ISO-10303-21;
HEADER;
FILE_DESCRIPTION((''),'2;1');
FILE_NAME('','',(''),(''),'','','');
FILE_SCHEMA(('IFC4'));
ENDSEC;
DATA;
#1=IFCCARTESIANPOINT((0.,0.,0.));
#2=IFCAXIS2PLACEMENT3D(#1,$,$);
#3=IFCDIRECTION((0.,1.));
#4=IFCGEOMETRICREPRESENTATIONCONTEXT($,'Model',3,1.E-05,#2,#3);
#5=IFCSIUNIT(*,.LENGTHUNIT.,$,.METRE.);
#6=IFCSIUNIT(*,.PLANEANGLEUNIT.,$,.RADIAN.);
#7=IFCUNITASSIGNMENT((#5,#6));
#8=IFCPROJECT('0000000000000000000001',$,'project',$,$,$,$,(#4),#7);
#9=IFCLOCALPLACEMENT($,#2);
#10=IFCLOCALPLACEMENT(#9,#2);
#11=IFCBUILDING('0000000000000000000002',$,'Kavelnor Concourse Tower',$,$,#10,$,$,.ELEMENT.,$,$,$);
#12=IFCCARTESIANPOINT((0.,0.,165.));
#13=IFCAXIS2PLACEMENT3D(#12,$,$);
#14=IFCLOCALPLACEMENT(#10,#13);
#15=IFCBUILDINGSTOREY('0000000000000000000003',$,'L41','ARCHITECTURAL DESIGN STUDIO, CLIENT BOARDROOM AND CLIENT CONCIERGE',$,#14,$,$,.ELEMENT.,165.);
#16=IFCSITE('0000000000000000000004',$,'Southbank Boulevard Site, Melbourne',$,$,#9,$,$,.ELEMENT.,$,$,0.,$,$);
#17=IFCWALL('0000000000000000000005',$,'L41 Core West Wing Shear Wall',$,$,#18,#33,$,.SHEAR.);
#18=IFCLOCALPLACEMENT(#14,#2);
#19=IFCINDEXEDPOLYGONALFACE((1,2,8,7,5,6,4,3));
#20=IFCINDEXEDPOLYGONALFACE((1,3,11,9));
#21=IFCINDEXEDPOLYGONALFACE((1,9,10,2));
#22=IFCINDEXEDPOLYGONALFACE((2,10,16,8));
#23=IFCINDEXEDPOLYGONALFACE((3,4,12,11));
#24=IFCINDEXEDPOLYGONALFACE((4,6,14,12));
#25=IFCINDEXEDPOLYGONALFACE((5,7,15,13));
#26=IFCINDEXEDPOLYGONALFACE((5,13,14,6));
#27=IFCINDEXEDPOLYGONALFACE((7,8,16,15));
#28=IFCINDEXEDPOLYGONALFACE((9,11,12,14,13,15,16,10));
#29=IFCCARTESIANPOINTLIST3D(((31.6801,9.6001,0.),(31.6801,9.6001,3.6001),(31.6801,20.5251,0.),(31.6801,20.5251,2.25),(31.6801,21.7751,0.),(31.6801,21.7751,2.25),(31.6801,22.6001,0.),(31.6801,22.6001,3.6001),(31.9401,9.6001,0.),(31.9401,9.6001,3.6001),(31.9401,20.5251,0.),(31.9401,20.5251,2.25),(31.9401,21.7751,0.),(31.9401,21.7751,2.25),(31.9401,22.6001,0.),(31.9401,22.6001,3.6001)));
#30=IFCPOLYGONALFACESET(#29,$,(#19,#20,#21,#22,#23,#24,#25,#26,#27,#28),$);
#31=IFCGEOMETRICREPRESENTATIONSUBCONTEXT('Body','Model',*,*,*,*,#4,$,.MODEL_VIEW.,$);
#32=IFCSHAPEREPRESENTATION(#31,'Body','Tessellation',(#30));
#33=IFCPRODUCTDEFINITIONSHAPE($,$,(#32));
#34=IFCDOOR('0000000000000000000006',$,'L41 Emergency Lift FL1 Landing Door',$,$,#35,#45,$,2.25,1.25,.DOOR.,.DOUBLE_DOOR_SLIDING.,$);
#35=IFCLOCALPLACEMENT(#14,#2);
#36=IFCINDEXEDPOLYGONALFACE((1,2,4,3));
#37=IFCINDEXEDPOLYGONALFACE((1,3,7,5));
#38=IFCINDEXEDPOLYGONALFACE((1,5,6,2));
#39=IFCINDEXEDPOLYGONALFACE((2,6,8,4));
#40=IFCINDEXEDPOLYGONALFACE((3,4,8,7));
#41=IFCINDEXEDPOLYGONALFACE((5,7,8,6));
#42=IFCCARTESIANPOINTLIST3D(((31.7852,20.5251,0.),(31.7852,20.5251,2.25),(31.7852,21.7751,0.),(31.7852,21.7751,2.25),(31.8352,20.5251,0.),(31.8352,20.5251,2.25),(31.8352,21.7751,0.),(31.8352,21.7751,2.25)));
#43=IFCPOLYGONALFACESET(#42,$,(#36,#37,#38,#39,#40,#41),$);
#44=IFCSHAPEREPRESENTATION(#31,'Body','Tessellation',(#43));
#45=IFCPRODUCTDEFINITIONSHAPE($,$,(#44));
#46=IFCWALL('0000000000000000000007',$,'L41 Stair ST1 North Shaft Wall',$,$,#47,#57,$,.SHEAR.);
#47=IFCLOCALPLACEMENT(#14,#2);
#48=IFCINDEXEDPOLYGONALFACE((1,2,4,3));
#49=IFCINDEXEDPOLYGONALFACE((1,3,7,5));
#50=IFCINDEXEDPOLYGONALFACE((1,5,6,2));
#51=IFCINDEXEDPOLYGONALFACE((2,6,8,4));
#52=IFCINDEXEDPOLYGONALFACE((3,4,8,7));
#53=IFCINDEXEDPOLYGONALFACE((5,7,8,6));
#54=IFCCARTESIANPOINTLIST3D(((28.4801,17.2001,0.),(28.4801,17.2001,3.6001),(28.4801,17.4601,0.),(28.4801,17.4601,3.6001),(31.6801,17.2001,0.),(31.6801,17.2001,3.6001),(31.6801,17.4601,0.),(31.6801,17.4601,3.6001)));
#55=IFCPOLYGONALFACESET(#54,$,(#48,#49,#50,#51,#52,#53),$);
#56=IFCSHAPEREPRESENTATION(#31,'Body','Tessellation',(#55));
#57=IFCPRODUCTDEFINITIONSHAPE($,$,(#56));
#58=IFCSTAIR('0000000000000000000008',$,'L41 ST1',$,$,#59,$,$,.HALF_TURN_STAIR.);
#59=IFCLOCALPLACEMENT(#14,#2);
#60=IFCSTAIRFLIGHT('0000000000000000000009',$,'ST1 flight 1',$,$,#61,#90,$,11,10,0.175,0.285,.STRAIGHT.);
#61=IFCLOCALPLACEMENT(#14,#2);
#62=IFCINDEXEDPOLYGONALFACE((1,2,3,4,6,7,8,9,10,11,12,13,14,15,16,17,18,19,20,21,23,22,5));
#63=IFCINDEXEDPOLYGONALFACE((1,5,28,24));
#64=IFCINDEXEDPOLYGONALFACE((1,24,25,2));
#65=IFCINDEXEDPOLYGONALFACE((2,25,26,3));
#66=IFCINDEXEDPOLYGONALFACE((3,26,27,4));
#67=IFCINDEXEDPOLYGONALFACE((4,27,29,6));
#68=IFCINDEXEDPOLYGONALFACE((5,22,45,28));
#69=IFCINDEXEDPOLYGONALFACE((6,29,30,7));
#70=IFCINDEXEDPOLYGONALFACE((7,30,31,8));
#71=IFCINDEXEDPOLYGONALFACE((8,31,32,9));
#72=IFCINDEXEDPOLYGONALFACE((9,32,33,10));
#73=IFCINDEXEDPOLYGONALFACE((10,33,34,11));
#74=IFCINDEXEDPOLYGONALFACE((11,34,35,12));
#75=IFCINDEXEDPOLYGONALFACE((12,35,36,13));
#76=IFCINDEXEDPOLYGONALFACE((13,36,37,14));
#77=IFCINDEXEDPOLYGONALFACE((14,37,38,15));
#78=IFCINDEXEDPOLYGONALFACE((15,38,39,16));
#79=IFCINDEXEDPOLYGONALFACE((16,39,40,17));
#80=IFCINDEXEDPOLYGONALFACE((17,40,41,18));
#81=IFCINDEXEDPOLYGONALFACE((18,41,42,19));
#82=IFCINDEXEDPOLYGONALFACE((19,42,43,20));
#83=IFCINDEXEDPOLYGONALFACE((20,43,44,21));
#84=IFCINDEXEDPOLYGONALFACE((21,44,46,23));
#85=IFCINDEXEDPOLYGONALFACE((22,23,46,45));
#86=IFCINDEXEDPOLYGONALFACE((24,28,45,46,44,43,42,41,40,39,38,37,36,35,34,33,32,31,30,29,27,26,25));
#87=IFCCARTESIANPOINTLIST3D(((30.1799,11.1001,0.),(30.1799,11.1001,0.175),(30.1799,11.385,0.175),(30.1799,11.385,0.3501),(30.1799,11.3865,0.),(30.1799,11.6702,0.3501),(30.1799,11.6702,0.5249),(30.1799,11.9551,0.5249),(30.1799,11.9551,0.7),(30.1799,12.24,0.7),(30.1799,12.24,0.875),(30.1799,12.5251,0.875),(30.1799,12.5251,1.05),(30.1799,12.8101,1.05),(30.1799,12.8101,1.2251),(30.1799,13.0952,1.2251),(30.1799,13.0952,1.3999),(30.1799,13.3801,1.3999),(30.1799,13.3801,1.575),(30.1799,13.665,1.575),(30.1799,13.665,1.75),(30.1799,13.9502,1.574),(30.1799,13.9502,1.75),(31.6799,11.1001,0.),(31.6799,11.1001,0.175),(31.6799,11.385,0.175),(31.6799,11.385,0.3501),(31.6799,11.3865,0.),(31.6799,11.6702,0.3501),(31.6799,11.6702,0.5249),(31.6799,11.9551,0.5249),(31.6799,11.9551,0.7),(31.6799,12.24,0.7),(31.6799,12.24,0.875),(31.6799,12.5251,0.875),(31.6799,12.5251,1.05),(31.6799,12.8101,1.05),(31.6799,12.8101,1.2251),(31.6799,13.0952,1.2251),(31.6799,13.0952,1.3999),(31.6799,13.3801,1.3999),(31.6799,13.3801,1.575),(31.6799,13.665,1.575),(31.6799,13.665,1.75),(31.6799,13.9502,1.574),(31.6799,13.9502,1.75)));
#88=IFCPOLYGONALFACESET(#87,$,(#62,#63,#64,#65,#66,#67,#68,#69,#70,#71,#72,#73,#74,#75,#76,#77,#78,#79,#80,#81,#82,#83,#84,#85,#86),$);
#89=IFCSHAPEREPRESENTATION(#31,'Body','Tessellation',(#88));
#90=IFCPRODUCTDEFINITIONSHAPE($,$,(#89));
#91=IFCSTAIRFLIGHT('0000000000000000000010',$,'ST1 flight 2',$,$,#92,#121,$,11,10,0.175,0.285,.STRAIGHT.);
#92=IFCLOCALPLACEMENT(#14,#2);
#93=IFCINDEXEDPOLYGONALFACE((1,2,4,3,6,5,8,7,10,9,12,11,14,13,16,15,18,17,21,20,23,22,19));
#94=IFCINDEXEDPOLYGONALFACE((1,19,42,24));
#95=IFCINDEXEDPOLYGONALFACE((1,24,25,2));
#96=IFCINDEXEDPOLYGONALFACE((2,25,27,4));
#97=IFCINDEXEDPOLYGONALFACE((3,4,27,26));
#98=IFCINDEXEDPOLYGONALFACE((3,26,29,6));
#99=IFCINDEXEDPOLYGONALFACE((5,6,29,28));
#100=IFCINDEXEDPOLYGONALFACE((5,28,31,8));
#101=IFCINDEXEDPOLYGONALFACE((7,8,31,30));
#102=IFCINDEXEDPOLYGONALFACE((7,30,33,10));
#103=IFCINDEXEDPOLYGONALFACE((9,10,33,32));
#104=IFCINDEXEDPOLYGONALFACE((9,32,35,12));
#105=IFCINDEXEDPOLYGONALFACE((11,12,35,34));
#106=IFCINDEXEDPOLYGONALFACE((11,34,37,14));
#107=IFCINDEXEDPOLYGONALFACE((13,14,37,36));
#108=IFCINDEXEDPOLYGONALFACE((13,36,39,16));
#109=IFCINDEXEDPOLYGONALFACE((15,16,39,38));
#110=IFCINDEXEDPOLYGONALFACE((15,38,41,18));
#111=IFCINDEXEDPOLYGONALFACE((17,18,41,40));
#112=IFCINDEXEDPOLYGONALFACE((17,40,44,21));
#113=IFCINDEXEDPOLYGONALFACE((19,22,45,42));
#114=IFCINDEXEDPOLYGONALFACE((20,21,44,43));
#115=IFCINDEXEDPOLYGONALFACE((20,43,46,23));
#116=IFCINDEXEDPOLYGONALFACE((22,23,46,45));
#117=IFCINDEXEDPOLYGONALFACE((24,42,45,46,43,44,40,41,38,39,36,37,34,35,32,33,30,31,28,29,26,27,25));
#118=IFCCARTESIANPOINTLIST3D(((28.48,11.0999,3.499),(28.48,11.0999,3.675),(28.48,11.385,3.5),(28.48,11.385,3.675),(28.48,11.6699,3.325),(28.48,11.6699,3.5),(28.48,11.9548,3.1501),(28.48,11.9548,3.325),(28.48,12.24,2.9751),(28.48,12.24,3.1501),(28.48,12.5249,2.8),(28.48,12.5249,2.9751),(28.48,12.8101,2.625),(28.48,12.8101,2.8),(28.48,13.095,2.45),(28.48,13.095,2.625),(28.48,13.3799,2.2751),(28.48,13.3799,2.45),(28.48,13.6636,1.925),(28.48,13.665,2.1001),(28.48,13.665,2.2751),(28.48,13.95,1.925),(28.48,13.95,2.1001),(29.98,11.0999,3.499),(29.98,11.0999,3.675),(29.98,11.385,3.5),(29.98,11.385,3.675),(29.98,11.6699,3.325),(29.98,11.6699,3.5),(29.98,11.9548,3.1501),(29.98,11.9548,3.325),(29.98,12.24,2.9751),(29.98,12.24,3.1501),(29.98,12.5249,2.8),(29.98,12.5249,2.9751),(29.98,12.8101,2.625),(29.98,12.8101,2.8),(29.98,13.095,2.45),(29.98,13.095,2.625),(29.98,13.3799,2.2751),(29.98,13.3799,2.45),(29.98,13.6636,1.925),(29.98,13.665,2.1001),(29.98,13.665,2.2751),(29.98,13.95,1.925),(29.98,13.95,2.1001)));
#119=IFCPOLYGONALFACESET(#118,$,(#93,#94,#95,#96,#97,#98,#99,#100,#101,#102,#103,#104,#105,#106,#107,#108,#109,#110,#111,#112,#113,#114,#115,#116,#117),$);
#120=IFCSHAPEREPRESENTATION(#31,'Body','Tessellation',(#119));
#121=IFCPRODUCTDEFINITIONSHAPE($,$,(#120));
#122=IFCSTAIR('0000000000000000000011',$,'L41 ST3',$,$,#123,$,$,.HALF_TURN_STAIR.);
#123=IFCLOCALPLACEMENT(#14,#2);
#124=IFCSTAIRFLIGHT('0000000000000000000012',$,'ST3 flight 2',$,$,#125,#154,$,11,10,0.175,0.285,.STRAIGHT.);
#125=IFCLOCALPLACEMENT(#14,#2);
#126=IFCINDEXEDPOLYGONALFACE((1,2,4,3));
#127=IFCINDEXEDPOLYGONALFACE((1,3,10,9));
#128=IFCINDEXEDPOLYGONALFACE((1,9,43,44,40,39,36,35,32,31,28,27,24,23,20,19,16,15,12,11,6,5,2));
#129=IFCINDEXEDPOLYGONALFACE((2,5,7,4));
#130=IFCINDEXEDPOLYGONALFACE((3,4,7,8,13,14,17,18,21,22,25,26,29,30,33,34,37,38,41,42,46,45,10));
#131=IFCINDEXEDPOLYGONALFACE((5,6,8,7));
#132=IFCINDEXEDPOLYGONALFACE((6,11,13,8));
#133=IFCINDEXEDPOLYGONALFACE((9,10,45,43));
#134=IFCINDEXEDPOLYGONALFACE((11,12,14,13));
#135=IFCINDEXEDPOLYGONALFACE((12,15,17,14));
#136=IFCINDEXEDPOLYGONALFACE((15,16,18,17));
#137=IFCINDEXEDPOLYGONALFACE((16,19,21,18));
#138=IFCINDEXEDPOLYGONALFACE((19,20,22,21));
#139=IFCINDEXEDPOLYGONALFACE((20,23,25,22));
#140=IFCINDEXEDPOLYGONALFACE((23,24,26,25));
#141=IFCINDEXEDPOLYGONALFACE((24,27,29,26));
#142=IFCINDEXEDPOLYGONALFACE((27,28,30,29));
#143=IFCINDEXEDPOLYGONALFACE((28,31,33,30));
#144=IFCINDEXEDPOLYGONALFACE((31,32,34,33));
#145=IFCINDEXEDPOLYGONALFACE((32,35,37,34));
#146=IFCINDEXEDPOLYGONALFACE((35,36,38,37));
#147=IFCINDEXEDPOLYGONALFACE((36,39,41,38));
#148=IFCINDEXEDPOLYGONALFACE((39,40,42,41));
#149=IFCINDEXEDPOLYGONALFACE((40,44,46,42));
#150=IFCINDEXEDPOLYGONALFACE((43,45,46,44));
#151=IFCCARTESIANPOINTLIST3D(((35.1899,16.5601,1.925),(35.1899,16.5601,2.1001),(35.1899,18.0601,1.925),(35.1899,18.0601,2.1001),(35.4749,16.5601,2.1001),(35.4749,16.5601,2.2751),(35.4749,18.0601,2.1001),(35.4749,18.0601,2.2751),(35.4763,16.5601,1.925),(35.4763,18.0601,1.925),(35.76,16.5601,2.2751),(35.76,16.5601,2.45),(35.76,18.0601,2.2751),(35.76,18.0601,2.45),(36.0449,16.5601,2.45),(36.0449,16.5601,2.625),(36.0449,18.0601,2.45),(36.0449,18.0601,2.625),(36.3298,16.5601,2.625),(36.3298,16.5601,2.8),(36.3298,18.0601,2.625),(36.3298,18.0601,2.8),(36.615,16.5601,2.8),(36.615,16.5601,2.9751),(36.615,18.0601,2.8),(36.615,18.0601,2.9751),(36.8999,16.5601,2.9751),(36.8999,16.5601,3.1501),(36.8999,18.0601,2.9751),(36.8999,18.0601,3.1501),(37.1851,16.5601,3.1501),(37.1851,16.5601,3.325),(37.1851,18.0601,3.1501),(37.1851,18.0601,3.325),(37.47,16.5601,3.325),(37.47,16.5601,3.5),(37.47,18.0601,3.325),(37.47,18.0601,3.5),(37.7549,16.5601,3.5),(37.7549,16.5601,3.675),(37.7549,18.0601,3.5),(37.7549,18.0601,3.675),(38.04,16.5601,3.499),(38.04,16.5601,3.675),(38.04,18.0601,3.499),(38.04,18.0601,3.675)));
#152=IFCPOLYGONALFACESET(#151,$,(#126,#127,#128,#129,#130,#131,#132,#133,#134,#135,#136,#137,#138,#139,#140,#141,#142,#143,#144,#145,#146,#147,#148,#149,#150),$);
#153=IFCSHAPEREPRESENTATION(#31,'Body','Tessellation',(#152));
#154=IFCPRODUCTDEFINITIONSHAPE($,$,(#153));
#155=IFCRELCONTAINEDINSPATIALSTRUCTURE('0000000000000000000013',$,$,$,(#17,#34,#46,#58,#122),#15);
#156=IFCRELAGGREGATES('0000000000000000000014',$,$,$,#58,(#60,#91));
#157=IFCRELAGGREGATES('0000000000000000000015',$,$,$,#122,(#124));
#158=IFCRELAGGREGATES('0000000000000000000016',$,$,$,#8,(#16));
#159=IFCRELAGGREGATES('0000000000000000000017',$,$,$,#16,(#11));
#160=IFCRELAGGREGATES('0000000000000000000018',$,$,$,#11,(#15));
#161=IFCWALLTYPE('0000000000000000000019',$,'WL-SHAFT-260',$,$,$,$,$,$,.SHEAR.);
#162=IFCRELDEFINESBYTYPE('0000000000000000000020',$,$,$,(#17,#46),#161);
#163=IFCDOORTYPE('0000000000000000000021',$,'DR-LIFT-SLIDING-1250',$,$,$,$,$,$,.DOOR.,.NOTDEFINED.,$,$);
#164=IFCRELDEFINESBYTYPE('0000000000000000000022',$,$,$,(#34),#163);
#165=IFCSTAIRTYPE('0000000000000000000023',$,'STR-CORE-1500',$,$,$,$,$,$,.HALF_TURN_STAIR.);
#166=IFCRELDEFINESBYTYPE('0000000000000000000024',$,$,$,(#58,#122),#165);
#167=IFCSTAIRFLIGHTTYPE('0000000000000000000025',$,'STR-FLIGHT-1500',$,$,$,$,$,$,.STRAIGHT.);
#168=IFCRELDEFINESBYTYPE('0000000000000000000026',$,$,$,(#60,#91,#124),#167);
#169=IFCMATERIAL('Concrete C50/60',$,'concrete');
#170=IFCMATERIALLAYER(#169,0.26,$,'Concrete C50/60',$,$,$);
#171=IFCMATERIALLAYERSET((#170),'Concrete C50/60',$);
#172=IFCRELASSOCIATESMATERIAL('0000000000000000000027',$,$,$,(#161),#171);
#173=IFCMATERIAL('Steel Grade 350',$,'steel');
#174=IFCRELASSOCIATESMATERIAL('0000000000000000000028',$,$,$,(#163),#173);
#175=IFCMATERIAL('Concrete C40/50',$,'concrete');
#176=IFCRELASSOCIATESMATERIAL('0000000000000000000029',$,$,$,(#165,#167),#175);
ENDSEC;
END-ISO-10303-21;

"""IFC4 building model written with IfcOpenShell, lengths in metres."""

from ifc_helpers import new_model, si_unit, direction, frame, frame_2d, origin, place, context, subcontext, project, spatial, polyline, rectangle, outline, extrude, material, layer, layer_set, type_object, element, fill, aggregate, save


model = new_model("IFC4")

# Units and contexts
model_context = context("Model", 3, precision=1e-05, world=origin(), true_north=direction((0.0, 1.0)))
body_context = subcontext(model_context, "Body", "Model", "MODEL_VIEW")
ifc_project = project(units=[si_unit("LENGTHUNIT", "METRE"), si_unit("PLANEANGLEUNIT", "RADIAN")], contexts=[model_context])

# Site, building, storey
site_placement = place(None, origin())
site = spatial("IfcSite", under=ifc_project, at=site_placement, Name="Southbank Boulevard Site, Melbourne", CompositionType="ELEMENT", RefElevation=0.0)
building_placement = place(site_placement, origin())
building = spatial("IfcBuilding", under=site, at=building_placement, Name="Kavelnor Concourse Tower", CompositionType="ELEMENT")
storey_placement = place(building_placement, frame((0.0, 0.0, 165.0)))
storey = spatial("IfcBuildingStorey", under=building, at=storey_placement, Name="L41", Description="ARCHITECTURAL DESIGN STUDIO, CLIENT BOARDROOM AND CLIENT CONCIERGE", CompositionType="ELEMENT", Elevation=165.0)

# Shared definitions
ifc_material_1 = material(Name="Concrete C50/60", Category="concrete")

# Shared definitions
ifc_material_2 = material(Name="Steel Grade 350", Category="steel")

# Wall, opening, door
ifc_layer_1 = layer(ifc_material_1, 0.26, Name="Concrete C50/60")
ifc_layer_set_1 = layer_set([ifc_layer_1], Name="Concrete C50/60")
wall_type_1 = type_object("IfcWallType", Name="WL-SHAFT-260", PredefinedType="SHEAR", material=ifc_layer_set_1)
wall_1_placement = place(storey_placement, frame((31.8101, 9.6001, 0.0), z_axis=(0.0, 0.0, 1.0), x_axis=(0.0, 1.0, 0.0)))
wall_1 = element("IfcWall", 1, at=wall_1_placement, inside=storey, type_object=wall_type_1, Name="L41 Core West Wing Shear Wall", PredefinedType="SHEAR", context=body_context, shape_type="SweptSolid", body=[
    extrude(rectangle(XDim=13.0, YDim=0.26, at=frame_2d((6.5, 0.0))), origin(), (0.0, 0.0, 1.0), 3.6001),
])
opening_1_placement = place(wall_1_placement, frame((10.925, 0.0, 0.0)))
opening_1 = element("IfcOpeningElement", 2, at=opening_1_placement, cuts=wall_1, PredefinedType="OPENING", context=body_context, shape_type="SweptSolid", body=[
    extrude(rectangle(XDim=1.25, YDim=2.25, at=frame_2d((0.625, 1.125))), frame((0.0, 0.1401, 0.0), z_axis=(0.0, -1.0, 0.0), x_axis=(1.0, 0.0, 0.0)), (0.0, 0.0, 1.0), 0.28),
])
door_type_1 = type_object("IfcDoorType", Name="DR-LIFT-SLIDING-1250", OperationType="NOTDEFINED", PredefinedType="DOOR", material=ifc_material_2)
door_1_placement = place(opening_1_placement, origin())
door_1 = element("IfcDoor", 3, at=door_1_placement, inside=storey, type_object=door_type_1, Name="L41 Emergency Lift FL1 Landing Door", OperationType="DOUBLE_DOOR_SLIDING", OverallHeight=2.25, OverallWidth=1.25, PredefinedType="DOOR", context=body_context, shape_type="SweptSolid", body=[
    extrude(rectangle(XDim=1.25, YDim=2.25, at=frame_2d((0.625, 1.125))), frame((0.0, 0.0249, 0.0), z_axis=(0.0, -1.0, 0.0), x_axis=(1.0, 0.0, 0.0)), (0.0, 0.0, 1.0), 0.05),
])
fill(opening_1, door_1)

# Wall
wall_2_placement = place(storey_placement, frame((28.48, 17.3301, 0.0), z_axis=(0.0, 0.0, 1.0), x_axis=(1.0, 0.0, 0.0)))
element("IfcWall", 4, at=wall_2_placement, inside=storey, type_object=wall_type_1, Name="L41 Stair ST1 North Shaft Wall", PredefinedType="SHEAR", context=body_context, shape_type="SweptSolid", body=[
    extrude(rectangle(XDim=3.2, YDim=0.26, at=frame_2d((1.6001, 0.0))), origin(), (0.0, 0.0, 1.0), 3.6001),
])

# Stair, stair flights
ifc_material_3 = material(Name="Concrete C40/50", Category="concrete")
stair_type = type_object("IfcStairType", Name="STR-CORE-1500", PredefinedType="HALF_TURN_STAIR", material=ifc_material_3)
stair_1_placement = place(storey_placement, origin())
stair_1 = element("IfcStair", 5, at=stair_1_placement, inside=storey, type_object=stair_type, Name="L41 ST1", PredefinedType="HALF_TURN_STAIR")
stair_flight_type = type_object("IfcStairFlightType", Name="STR-FLIGHT-1500", PredefinedType="STRAIGHT", material=ifc_material_3)
stair_flight_1_placement = place(storey_placement, frame((30.9299, 11.1001, 0.0), z_axis=(0.0, 0.0, 1.0), x_axis=(0.0, 1.0, 0.0)))
stair_flight_1 = element("IfcStairFlight", 6, at=stair_flight_1_placement, type_object=stair_flight_type, Name="ST1 flight 1", NumberOfRisers=11, NumberOfTreads=10, PredefinedType="STRAIGHT", RiserHeight=0.175, TreadLength=0.285, context=body_context, shape_type="SweptSolid", body=[
    extrude(outline(polyline([(0.0, 0.0), (0.0, 0.175), (0.2849, 0.175), (0.2849, 0.3501), (0.5701, 0.3501), (0.5701, 0.5249), (0.855, 0.5249), (0.855, 0.7), (1.1399, 0.7), (1.1399, 0.875), (1.425, 0.875), (1.425, 1.05), (1.71, 1.05), (1.71, 1.2251), (1.9951, 1.2251), (1.9951, 1.3999), (2.28, 1.3999), (2.28, 1.575), (2.5649, 1.575), (2.5649, 1.75), (2.8501, 1.75), (2.8501, 1.925), (2.8501, 1.574), (0.2864, 0.0), (0.0, 0.0)])), frame((0.0, 0.75, 0.0), z_axis=(0.0, -1.0, 0.0), x_axis=(1.0, 0.0, 0.0)), (0.0, 0.0, 1.0), 1.5),
])
stair_flight_2_placement = place(storey_placement, frame((29.23, 13.95, 1.925), z_axis=(0.0, 0.0, 1.0), x_axis=(0.0, -1.0, 0.0)))
stair_flight_2 = element("IfcStairFlight", 7, at=stair_flight_2_placement, type_object=stair_flight_type, Name="ST1 flight 2", NumberOfRisers=11, NumberOfTreads=10, PredefinedType="STRAIGHT", RiserHeight=0.175, TreadLength=0.285, context=body_context, shape_type="SweptSolid", body=[
    extrude(outline(polyline([(0.0, 0.0), (0.0, 0.175), (0.2849, 0.175), (0.2849, 0.3501), (0.5701, 0.3501), (0.5701, 0.5249), (0.855, 0.5249), (0.855, 0.7), (1.1399, 0.7), (1.1399, 0.875), (1.425, 0.875), (1.425, 1.05), (1.71, 1.05), (1.71, 1.2251), (1.9951, 1.2251), (1.9951, 1.3999), (2.28, 1.3999), (2.28, 1.575), (2.5649, 1.575), (2.5649, 1.75), (2.8501, 1.75), (2.8501, 1.925), (2.8501, 1.574), (0.2864, 0.0), (0.0, 0.0)])), frame((0.0, 0.75, 0.0), z_axis=(0.0, -1.0, 0.0), x_axis=(1.0, 0.0, 0.0)), (0.0, 0.0, 1.0), 1.5),
])
aggregate(stair_1, [stair_flight_1, stair_flight_2])

# Stair, stair flight
stair_2_placement = place(storey_placement, origin())
stair_2 = element("IfcStair", 8, at=stair_2_placement, inside=storey, type_object=stair_type, Name="L41 ST3", PredefinedType="HALF_TURN_STAIR")
stair_flight_3_placement = place(storey_placement, frame((35.1899, 17.3101, 1.925), z_axis=(0.0, 0.0, 1.0), x_axis=(1.0, 0.0, 0.0)))
stair_flight_3 = element("IfcStairFlight", 9, at=stair_flight_3_placement, type_object=stair_flight_type, Name="ST3 flight 2", NumberOfRisers=11, NumberOfTreads=10, PredefinedType="STRAIGHT", RiserHeight=0.175, TreadLength=0.285, context=body_context, shape_type="SweptSolid", body=[
    extrude(outline(polyline([(0.0, 0.0), (0.0, 0.175), (0.2849, 0.175), (0.2849, 0.3501), (0.5701, 0.3501), (0.5701, 0.5249), (0.855, 0.5249), (0.855, 0.7), (1.1399, 0.7), (1.1399, 0.875), (1.425, 0.875), (1.425, 1.05), (1.71, 1.05), (1.71, 1.2251), (1.9951, 1.2251), (1.9951, 1.3999), (2.28, 1.3999), (2.28, 1.575), (2.5649, 1.575), (2.5649, 1.75), (2.8501, 1.75), (2.8501, 1.925), (2.8501, 1.574), (0.2864, 0.0), (0.0, 0.0)])), frame((0.0, 0.75, 0.0), z_axis=(0.0, -1.0, 0.0), x_axis=(1.0, 0.0, 0.0)), (0.0, 0.0, 1.0), 1.5),
])
aggregate(stair_2, [stair_flight_3])

save(model, "model.ifc")
